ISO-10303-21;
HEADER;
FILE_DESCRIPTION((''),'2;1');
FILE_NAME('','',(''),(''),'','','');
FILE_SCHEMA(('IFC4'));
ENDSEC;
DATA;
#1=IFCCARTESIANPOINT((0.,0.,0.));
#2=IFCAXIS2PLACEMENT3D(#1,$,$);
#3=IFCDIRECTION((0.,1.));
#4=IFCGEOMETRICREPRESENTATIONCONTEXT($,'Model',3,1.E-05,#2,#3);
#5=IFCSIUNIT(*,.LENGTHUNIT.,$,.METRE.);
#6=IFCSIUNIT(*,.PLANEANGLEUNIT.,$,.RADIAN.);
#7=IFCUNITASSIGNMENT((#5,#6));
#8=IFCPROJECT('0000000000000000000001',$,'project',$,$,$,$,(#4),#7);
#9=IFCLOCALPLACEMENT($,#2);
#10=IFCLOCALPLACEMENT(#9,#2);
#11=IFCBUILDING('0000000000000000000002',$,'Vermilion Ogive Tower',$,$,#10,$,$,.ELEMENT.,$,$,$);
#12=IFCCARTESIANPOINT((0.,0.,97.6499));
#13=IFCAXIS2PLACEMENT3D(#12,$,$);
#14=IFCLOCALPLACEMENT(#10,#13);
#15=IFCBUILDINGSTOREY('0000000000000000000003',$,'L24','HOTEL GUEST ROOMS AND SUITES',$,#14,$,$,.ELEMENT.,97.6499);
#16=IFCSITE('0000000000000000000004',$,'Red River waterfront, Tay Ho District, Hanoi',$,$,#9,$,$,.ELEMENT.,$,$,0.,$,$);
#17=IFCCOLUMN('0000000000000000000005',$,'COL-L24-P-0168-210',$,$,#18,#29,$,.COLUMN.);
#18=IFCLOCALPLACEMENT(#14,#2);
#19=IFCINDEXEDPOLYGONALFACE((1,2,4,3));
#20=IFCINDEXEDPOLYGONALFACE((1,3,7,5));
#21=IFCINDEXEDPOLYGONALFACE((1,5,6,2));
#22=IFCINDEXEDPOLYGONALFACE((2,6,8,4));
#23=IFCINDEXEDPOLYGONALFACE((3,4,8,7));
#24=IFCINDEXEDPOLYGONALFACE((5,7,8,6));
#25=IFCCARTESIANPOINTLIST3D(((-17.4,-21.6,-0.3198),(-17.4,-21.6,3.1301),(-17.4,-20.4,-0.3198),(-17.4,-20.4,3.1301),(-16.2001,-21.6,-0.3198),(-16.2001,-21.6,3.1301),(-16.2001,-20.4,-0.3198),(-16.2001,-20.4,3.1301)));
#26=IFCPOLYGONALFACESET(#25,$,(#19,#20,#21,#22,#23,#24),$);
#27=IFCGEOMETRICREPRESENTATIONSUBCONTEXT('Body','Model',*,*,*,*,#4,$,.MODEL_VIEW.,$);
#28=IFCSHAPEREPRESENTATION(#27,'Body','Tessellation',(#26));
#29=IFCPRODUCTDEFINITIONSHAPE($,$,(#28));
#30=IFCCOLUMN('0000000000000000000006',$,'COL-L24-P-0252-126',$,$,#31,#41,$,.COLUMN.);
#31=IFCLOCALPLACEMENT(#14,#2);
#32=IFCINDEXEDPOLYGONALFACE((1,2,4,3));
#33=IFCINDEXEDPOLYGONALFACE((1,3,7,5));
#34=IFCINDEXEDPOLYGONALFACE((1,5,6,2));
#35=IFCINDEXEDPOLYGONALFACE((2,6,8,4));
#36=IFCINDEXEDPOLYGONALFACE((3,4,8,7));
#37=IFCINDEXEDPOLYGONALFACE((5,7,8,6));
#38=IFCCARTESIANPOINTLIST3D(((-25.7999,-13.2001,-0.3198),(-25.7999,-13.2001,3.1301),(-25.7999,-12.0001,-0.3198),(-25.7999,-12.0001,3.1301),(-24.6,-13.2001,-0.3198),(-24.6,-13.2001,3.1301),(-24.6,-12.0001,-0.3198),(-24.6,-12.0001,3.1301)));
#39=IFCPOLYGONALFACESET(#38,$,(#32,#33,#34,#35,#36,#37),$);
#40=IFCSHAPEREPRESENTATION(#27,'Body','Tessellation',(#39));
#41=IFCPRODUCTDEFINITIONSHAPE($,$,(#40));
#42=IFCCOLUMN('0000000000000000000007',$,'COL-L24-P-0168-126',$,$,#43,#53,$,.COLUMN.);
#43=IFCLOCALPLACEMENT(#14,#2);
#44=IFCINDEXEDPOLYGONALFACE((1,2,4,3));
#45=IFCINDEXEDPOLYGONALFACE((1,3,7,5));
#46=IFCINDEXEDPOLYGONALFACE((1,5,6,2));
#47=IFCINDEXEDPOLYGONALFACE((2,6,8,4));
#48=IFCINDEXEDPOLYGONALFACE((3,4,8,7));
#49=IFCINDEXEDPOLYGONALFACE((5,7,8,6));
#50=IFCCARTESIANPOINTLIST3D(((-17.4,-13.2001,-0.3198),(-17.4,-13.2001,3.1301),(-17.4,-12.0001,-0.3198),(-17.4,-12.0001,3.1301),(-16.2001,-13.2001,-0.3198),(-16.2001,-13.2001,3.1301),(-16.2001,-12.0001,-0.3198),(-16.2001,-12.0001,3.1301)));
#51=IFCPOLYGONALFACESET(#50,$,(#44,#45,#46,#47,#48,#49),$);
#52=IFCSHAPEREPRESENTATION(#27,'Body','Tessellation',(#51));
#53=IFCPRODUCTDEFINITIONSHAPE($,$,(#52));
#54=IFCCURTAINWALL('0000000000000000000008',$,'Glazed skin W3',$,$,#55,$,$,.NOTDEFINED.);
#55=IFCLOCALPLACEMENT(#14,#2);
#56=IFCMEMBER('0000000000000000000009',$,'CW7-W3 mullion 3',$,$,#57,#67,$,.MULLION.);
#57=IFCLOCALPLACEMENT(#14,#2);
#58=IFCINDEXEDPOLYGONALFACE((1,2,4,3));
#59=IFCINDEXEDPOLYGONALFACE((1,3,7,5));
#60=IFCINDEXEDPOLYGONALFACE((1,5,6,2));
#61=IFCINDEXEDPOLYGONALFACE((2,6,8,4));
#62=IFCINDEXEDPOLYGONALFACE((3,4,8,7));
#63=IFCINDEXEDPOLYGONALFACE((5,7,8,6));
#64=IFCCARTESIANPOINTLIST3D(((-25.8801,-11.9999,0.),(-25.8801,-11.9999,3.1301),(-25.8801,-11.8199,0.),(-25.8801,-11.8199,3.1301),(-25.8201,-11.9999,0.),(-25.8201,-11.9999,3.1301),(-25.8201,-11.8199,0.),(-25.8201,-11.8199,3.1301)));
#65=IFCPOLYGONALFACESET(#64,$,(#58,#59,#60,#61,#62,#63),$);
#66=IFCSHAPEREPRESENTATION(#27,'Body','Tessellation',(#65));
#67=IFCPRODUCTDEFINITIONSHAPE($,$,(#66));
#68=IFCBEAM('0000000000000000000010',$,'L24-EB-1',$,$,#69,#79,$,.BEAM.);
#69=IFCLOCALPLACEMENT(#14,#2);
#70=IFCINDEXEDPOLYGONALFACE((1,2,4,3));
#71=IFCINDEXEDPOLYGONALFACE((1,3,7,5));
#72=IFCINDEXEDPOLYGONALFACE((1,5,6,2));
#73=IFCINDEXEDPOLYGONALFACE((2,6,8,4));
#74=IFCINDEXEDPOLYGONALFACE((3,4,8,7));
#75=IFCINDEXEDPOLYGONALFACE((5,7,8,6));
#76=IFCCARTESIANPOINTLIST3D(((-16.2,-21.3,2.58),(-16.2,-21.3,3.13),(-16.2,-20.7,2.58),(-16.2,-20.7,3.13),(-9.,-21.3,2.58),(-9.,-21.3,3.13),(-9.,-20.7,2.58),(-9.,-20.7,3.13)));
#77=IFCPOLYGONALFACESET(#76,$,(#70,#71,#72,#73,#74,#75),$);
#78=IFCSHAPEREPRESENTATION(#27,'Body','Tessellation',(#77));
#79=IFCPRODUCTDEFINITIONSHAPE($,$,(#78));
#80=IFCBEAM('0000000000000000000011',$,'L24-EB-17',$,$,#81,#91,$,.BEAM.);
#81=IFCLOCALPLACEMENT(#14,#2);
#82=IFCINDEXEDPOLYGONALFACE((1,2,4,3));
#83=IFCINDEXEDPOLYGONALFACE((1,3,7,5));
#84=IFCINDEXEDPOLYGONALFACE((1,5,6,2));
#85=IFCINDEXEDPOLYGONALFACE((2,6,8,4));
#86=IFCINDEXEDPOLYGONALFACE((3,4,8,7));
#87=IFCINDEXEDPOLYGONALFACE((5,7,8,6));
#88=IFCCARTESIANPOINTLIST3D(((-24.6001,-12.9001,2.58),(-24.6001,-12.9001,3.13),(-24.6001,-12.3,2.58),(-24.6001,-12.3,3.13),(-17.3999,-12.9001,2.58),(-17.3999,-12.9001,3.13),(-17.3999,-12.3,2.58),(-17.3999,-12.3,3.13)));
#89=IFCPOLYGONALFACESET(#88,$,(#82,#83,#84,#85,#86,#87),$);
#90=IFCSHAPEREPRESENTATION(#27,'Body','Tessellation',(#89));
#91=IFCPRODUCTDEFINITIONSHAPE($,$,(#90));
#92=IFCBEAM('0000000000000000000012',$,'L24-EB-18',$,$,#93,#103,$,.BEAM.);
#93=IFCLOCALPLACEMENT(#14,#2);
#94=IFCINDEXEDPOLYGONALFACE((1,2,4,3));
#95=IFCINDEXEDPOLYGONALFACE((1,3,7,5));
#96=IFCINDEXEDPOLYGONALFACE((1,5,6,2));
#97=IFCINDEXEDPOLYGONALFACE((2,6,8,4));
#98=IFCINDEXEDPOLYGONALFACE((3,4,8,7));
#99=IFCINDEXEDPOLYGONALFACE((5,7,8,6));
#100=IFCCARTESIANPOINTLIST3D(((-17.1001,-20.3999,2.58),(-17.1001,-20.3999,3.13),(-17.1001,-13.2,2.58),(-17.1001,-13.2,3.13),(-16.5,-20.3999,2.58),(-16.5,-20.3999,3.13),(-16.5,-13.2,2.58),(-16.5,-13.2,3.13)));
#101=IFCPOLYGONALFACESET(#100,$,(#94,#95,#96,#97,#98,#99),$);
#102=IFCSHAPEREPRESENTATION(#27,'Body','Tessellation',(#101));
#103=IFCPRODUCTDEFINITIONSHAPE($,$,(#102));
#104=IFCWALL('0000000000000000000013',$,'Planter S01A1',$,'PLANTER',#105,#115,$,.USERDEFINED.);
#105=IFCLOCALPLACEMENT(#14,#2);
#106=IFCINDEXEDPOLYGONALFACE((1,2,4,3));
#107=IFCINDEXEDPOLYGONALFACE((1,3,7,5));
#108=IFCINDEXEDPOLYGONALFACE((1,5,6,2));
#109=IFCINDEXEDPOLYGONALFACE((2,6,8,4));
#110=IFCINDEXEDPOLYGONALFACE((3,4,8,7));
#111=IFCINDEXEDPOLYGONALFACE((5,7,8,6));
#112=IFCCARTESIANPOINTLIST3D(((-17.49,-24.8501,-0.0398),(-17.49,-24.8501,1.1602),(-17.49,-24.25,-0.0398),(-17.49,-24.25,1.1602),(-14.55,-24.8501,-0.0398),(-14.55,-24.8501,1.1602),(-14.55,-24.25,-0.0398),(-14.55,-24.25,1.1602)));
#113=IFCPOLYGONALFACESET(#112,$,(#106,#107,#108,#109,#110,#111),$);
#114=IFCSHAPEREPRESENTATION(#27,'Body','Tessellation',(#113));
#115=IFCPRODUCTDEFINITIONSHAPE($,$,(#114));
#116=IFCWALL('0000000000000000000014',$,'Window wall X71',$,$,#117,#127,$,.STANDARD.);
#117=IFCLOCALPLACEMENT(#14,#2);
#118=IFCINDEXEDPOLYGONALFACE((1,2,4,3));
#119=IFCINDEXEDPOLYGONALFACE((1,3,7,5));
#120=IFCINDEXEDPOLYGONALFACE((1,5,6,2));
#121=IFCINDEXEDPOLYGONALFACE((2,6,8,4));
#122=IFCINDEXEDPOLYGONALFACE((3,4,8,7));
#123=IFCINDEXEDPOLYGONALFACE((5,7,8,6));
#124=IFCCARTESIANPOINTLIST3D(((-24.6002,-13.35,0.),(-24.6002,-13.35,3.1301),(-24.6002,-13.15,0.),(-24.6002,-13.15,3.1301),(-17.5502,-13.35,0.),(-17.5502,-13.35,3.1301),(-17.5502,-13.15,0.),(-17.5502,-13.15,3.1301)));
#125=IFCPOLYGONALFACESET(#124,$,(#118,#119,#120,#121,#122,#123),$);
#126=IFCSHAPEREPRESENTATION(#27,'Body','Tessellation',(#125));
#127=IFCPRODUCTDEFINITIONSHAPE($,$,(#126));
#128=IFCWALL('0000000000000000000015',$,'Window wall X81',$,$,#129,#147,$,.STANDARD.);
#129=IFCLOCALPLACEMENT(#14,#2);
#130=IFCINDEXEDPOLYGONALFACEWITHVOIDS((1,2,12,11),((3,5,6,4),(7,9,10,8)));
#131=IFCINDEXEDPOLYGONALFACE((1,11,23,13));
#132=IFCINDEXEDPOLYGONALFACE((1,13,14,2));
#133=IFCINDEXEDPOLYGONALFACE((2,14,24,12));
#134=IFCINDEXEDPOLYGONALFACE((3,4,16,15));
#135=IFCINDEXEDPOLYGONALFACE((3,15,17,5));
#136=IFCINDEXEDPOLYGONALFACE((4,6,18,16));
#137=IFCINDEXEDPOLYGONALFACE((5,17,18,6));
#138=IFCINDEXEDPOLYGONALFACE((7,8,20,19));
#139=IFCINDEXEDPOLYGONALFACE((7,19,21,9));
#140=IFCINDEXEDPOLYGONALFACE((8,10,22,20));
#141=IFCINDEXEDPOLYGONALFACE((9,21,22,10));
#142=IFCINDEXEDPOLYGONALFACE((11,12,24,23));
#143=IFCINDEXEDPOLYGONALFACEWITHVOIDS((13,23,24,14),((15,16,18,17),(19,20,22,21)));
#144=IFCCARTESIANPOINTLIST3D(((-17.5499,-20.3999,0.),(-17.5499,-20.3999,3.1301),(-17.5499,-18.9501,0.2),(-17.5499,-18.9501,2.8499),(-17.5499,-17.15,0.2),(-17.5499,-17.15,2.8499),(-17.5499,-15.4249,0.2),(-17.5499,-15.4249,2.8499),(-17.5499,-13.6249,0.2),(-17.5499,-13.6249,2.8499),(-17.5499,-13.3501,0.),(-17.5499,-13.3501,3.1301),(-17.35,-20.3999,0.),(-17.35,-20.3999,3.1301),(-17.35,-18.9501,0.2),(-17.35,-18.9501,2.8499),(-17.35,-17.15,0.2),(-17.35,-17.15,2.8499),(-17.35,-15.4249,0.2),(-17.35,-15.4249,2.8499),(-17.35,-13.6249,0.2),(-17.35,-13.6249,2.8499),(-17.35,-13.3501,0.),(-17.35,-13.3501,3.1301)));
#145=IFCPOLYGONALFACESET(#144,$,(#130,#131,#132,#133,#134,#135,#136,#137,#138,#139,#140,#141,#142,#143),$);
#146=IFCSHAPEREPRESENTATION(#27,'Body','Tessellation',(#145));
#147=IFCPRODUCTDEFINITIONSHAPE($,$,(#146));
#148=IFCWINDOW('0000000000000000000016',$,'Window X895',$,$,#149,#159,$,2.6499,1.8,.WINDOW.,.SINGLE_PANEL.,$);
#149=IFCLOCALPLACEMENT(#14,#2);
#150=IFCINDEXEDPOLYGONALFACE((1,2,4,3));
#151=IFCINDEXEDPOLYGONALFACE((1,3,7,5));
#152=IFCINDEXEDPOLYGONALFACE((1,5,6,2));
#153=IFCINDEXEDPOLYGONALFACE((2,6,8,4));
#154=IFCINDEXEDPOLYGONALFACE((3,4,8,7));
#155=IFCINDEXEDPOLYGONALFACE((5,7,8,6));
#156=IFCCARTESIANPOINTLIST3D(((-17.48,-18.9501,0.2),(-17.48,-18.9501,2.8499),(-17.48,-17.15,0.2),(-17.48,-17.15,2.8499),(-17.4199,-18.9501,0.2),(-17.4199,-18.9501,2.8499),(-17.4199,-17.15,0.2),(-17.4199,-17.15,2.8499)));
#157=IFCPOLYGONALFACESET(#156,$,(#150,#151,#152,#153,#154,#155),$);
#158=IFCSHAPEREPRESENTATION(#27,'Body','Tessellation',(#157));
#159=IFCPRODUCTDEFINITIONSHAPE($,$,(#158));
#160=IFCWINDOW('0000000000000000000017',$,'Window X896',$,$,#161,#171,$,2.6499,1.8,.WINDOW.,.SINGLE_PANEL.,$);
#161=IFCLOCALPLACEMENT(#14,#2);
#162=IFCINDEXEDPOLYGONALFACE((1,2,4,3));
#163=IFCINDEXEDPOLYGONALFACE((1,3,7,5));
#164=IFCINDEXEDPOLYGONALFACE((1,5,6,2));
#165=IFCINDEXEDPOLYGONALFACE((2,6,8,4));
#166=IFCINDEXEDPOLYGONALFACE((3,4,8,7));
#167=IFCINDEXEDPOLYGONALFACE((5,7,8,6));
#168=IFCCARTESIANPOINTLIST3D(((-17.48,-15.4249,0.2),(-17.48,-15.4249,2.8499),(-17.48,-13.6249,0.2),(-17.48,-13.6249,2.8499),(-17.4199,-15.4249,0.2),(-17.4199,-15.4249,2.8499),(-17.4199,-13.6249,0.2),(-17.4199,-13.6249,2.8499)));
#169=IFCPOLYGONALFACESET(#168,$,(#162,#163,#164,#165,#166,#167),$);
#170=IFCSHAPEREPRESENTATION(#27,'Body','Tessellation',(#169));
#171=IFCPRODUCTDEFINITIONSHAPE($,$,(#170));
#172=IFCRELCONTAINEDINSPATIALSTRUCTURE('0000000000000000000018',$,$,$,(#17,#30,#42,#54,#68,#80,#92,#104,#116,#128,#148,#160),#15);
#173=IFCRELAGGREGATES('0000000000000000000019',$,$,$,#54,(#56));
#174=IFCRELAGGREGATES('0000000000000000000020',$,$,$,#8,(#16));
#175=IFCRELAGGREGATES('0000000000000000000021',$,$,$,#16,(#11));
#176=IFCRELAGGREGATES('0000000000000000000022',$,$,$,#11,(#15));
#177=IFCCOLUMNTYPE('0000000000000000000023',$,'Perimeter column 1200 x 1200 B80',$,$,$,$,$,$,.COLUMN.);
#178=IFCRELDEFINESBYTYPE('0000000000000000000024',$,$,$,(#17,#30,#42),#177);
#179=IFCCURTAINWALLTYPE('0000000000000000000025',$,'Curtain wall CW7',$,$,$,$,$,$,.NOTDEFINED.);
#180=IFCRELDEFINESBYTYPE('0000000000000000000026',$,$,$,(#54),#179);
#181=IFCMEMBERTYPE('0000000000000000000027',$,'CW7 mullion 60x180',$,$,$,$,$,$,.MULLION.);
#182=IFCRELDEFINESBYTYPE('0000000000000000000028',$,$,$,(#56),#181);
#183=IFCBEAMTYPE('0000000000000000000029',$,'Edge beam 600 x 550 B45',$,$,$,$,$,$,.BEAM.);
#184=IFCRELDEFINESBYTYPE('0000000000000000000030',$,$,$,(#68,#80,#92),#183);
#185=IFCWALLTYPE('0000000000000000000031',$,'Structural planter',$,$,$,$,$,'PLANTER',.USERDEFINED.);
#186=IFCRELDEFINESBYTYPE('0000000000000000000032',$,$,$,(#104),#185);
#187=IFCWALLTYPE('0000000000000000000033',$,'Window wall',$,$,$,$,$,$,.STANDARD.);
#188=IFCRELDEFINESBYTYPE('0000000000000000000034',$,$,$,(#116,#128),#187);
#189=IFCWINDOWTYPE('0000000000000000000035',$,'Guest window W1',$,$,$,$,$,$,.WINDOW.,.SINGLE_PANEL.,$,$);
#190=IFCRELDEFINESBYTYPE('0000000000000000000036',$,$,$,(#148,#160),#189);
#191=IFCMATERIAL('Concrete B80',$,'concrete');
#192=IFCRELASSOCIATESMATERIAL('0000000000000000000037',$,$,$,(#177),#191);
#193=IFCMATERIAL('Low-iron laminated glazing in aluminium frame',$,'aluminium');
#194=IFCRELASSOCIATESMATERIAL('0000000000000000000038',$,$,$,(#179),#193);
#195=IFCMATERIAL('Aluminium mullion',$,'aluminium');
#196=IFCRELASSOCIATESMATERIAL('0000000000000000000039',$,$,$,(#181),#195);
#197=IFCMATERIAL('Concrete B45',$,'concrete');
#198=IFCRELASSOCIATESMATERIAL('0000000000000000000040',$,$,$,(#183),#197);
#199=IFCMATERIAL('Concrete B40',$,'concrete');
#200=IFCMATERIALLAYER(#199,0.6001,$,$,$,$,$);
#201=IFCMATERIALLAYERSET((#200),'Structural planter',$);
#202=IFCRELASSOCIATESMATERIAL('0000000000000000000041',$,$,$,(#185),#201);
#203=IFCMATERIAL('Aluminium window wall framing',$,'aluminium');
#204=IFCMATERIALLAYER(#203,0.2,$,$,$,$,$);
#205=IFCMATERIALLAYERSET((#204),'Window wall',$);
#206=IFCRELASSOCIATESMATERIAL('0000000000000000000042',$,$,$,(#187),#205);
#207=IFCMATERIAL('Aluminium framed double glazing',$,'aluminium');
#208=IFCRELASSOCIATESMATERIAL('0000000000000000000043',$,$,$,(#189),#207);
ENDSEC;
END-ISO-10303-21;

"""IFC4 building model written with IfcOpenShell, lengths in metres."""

from ifc_helpers import new_model, si_unit, direction, frame, frame_2d, origin, origin_2d, place, context, subcontext, project, spatial, rectangle, extrude, material, layer, layer_set, material_profile, profile_set, type_object, element, fill, aggregate, save


model = new_model("IFC4")

# Units and contexts
model_context = context("Model", 3, precision=1e-05, world=origin(), true_north=direction((0.0, 1.0)))
body_context = subcontext(model_context, "Body", "Model", "MODEL_VIEW")
ifc_project = project(units=[si_unit("LENGTHUNIT", "METRE"), si_unit("PLANEANGLEUNIT", "RADIAN")], contexts=[model_context])

# Site, building, storey
site_placement = place(None, origin())
site = spatial("IfcSite", under=ifc_project, at=site_placement, Name="Red River waterfront, Tay Ho District, Hanoi", CompositionType="ELEMENT", RefElevation=0.0)
building_placement = place(site_placement, origin())
building = spatial("IfcBuilding", under=site, at=building_placement, Name="Vermilion Ogive Tower", CompositionType="ELEMENT")
storey_placement = place(building_placement, frame((0.0, 0.0, 97.6499)))
storey = spatial("IfcBuildingStorey", under=building, at=storey_placement, Name="L24", Description="HOTEL GUEST ROOMS AND SUITES", CompositionType="ELEMENT", Elevation=97.6499)

# Columns
ifc_material_1 = material(Name="Concrete B80", Category="concrete")
ifc_material_profile_1 = material_profile(ifc_material_1, rectangle(XDim=1.2, YDim=1.2, at=origin_2d()), Name="1200 x 1200")
ifc_profile_set_1 = profile_set([ifc_material_profile_1], Name="Concrete B80")
column_type = type_object("IfcColumnType", Name="Perimeter column 1200 x 1200 B80", PredefinedType="COLUMN", material=ifc_profile_set_1)
for number, where, z_axis, x_axis, name in (
    (1, (-16.8, -21.0, -0.3198), (0.0, 0.0, 1.0), (1.0, 0.0, 0.0), "COL-L24-P-0168-210"),
    (2, (-25.2, -12.6001, -0.3198), (0.0, 0.0, 1.0), (1.0, 0.0, 0.0), "COL-L24-P-0252-126"),
    (3, (-16.8, -12.6001, -0.3198), (0.0, 0.0, 1.0), (1.0, 0.0, 0.0), "COL-L24-P-0168-126"),
):
    element("IfcColumn", number, at=place(storey_placement, frame(where, z_axis=z_axis, x_axis=x_axis)), inside=storey, type_object=column_type, Name=name, PredefinedType="COLUMN", context=body_context, shape_type="SweptSolid", body=[
        extrude(rectangle(XDim=1.2, YDim=1.2, at=origin_2d()), origin(), (0.0, 0.0, 1.0), 3.45),
    ])

# Curtain wall, member
ifc_material_2 = material(Name="Low-iron laminated glazing in aluminium frame", Category="aluminium")
curtain_wall_type = type_object("IfcCurtainWallType", Name="Curtain wall CW7", PredefinedType="NOTDEFINED", material=ifc_material_2)
curtain_wall_placement = place(storey_placement, origin())
curtain_wall = element("IfcCurtainWall", 4, at=curtain_wall_placement, inside=storey, type_object=curtain_wall_type, Name="Glazed skin W3", PredefinedType="NOTDEFINED")
ifc_material_3 = material(Name="Aluminium mullion", Category="aluminium")
ifc_material_profile_2 = material_profile(ifc_material_3, rectangle(XDim=0.0601, YDim=0.1799, at=origin_2d()), Name="AL 60x180")
ifc_profile_set_2 = profile_set([ifc_material_profile_2], Name="Aluminium mullion")
member_type = type_object("IfcMemberType", Name="CW7 mullion 60x180", PredefinedType="MULLION", material=ifc_profile_set_2)
member_placement = place(storey_placement, frame((-25.8501, -11.9099, 0.0), z_axis=(0.0, 0.0, 1.0), x_axis=(1.0, 0.0, 0.0)))
member = element("IfcMember", 5, at=member_placement, type_object=member_type, Name="CW7-W3 mullion 3", PredefinedType="MULLION", context=body_context, shape_type="SweptSolid", body=[
    extrude(rectangle(XDim=0.0601, YDim=0.1799, at=origin_2d()), origin(), (0.0, 0.0, 1.0), 3.1301),
])
aggregate(curtain_wall, [member])

# Beams
ifc_material_4 = material(Name="Concrete B45", Category="concrete")
ifc_material_profile_3 = material_profile(ifc_material_4, rectangle(XDim=0.6001, YDim=0.55, at=origin_2d()), Name="600 x 550")
ifc_profile_set_3 = profile_set([ifc_material_profile_3], Name="Concrete B45")
beam_type = type_object("IfcBeamType", Name="Edge beam 600 x 550 B45", PredefinedType="BEAM", material=ifc_profile_set_3)
beam_1_placement = place(storey_placement, frame((-16.2, -21.0, 2.855), z_axis=(1.0, 0.0, 0.0), x_axis=(0.0, 1.0, 0.0)))
element("IfcBeam", 6, at=beam_1_placement, inside=storey, type_object=beam_type, Name="L24-EB-1", PredefinedType="BEAM", context=body_context, shape_type="SweptSolid", body=[
    extrude(rectangle(XDim=0.6001, YDim=0.55, at=origin_2d()), origin(), (0.0, 0.0, 1.0), 7.2),
])
beam_2_placement = place(storey_placement, frame((-24.6001, -12.6001, 2.855), z_axis=(1.0, 0.0, 0.0), x_axis=(0.0, 1.0, 0.0)))
element("IfcBeam", 7, at=beam_2_placement, inside=storey, type_object=beam_type, Name="L24-EB-17", PredefinedType="BEAM", context=body_context, shape_type="SweptSolid", body=[
    extrude(rectangle(XDim=0.6001, YDim=0.55, at=origin_2d()), origin(), (0.0, 0.0, 1.0), 7.2002),
])
beam_3_placement = place(storey_placement, frame((-16.8, -13.2, 2.855), z_axis=(0.0, -1.0, 0.0), x_axis=(1.0, 0.0, 0.0)))
element("IfcBeam", 8, at=beam_3_placement, inside=storey, type_object=beam_type, Name="L24-EB-18", PredefinedType="BEAM", context=body_context, shape_type="SweptSolid", body=[
    extrude(rectangle(XDim=0.6001, YDim=0.55, at=origin_2d()), origin(), (0.0, 0.0, 1.0), 7.2),
])

# Wall
ifc_material_5 = material(Name="Concrete B40", Category="concrete")
ifc_layer_1 = layer(ifc_material_5, 0.6001)
ifc_layer_set_1 = layer_set([ifc_layer_1], Name="Structural planter")
wall_type_1 = type_object("IfcWallType", Name="Structural planter", ElementType="PLANTER", PredefinedType="USERDEFINED", material=ifc_layer_set_1)
wall_1_placement = place(storey_placement, frame((-17.49, -24.55, -0.0398), z_axis=(0.0, 0.0, 1.0), x_axis=(1.0, 0.0, 0.0)))
element("IfcWall", 9, at=wall_1_placement, inside=storey, type_object=wall_type_1, Name="Planter S01A1", ObjectType="PLANTER", PredefinedType="USERDEFINED", context=body_context, shape_type="SweptSolid", body=[
    extrude(rectangle(XDim=2.9399, YDim=0.6001, at=frame_2d((1.47, 0.0))), origin(), (0.0, 0.0, 1.0), 1.2),
])

# Shared definitions
ifc_material_6 = material(Name="Aluminium window wall framing", Category="aluminium")
ifc_layer_2 = layer(ifc_material_6, 0.2)
ifc_layer_set_2 = layer_set([ifc_layer_2], Name="Window wall")
wall_type_2 = type_object("IfcWallType", Name="Window wall", PredefinedType="STANDARD", material=ifc_layer_set_2)
ifc_material_7 = material(Name="Aluminium framed double glazing", Category="aluminium")
window_type = type_object("IfcWindowType", Name="Guest window W1", PartitioningType="SINGLE_PANEL", PredefinedType="WINDOW", material=ifc_material_7)

# Wall
wall_2_placement = place(storey_placement, frame((-24.6001, -13.25, 0.0), z_axis=(0.0, 0.0, 1.0), x_axis=(1.0, 0.0, 0.0)))
element("IfcWall", 10, at=wall_2_placement, inside=storey, type_object=wall_type_2, Name="Window wall X71", PredefinedType="STANDARD", context=body_context, shape_type="SweptSolid", body=[
    extrude(rectangle(XDim=7.05, YDim=0.2, at=frame_2d((3.5249, 0.0))), origin(), (0.0, 0.0, 1.0), 3.1301),
])

# Wall, openings, windows
wall_3_placement = place(storey_placement, frame((-17.45, -13.3501, 0.0), z_axis=(0.0, 0.0, 1.0), x_axis=(0.0, -1.0, 0.0)))
wall_3 = element("IfcWall", 11, at=wall_3_placement, inside=storey, type_object=wall_type_2, Name="Window wall X81", PredefinedType="STANDARD", context=body_context, shape_type="SweptSolid", body=[
    extrude(rectangle(XDim=7.0498, YDim=0.2, at=frame_2d((3.5249, 0.0))), origin(), (0.0, 0.0, 1.0), 3.1301),
])
opening_1_placement = place(wall_3_placement, frame((3.8, 0.0, 0.2)))
opening_1 = element("IfcOpeningElement", 12, at=opening_1_placement, cuts=wall_3, PredefinedType="OPENING", context=body_context, shape_type="SweptSolid", body=[
    extrude(rectangle(XDim=1.8, YDim=2.6499, at=frame_2d((0.8999, 1.325))), frame((0.0, 0.1099, 0.0), z_axis=(0.0, -1.0, 0.0), x_axis=(1.0, 0.0, 0.0)), (0.0, 0.0, 1.0), 0.22),
])
opening_2_placement = place(wall_3_placement, frame((0.2749, 0.0, 0.2)))
opening_2 = element("IfcOpeningElement", 13, at=opening_2_placement, cuts=wall_3, PredefinedType="OPENING", context=body_context, shape_type="SweptSolid", body=[
    extrude(rectangle(XDim=1.8, YDim=2.6499, at=frame_2d((0.8999, 1.325))), frame((0.0, 0.1099, 0.0), z_axis=(0.0, -1.0, 0.0), x_axis=(1.0, 0.0, 0.0)), (0.0, 0.0, 1.0), 0.22),
])
window_1_placement = place(opening_1_placement, origin())
window_1 = element("IfcWindow", 14, at=window_1_placement, inside=storey, type_object=window_type, Name="Window X895", OverallHeight=2.6499, OverallWidth=1.8, PartitioningType="SINGLE_PANEL", PredefinedType="WINDOW", context=body_context, shape_type="SweptSolid", body=[
    extrude(rectangle(XDim=1.8, YDim=2.6499, at=frame_2d((0.8999, 1.325))), frame((0.0, 0.03, 0.0), z_axis=(0.0, -1.0, 0.0), x_axis=(1.0, 0.0, 0.0)), (0.0, 0.0, 1.0), 0.0601),
])
fill(opening_1, window_1)
window_2_placement = place(opening_2_placement, origin())
window_2 = element("IfcWindow", 15, at=window_2_placement, inside=storey, type_object=window_type, Name="Window X896", OverallHeight=2.6499, OverallWidth=1.8, PartitioningType="SINGLE_PANEL", PredefinedType="WINDOW", context=body_context, shape_type="SweptSolid", body=[
    extrude(rectangle(XDim=1.8, YDim=2.6499, at=frame_2d((0.8999, 1.325))), frame((0.0, 0.03, 0.0), z_axis=(0.0, -1.0, 0.0), x_axis=(1.0, 0.0, 0.0)), (0.0, 0.0, 1.0), 0.0601),
])
fill(opening_2, window_2)

save(model, "model.ifc")
